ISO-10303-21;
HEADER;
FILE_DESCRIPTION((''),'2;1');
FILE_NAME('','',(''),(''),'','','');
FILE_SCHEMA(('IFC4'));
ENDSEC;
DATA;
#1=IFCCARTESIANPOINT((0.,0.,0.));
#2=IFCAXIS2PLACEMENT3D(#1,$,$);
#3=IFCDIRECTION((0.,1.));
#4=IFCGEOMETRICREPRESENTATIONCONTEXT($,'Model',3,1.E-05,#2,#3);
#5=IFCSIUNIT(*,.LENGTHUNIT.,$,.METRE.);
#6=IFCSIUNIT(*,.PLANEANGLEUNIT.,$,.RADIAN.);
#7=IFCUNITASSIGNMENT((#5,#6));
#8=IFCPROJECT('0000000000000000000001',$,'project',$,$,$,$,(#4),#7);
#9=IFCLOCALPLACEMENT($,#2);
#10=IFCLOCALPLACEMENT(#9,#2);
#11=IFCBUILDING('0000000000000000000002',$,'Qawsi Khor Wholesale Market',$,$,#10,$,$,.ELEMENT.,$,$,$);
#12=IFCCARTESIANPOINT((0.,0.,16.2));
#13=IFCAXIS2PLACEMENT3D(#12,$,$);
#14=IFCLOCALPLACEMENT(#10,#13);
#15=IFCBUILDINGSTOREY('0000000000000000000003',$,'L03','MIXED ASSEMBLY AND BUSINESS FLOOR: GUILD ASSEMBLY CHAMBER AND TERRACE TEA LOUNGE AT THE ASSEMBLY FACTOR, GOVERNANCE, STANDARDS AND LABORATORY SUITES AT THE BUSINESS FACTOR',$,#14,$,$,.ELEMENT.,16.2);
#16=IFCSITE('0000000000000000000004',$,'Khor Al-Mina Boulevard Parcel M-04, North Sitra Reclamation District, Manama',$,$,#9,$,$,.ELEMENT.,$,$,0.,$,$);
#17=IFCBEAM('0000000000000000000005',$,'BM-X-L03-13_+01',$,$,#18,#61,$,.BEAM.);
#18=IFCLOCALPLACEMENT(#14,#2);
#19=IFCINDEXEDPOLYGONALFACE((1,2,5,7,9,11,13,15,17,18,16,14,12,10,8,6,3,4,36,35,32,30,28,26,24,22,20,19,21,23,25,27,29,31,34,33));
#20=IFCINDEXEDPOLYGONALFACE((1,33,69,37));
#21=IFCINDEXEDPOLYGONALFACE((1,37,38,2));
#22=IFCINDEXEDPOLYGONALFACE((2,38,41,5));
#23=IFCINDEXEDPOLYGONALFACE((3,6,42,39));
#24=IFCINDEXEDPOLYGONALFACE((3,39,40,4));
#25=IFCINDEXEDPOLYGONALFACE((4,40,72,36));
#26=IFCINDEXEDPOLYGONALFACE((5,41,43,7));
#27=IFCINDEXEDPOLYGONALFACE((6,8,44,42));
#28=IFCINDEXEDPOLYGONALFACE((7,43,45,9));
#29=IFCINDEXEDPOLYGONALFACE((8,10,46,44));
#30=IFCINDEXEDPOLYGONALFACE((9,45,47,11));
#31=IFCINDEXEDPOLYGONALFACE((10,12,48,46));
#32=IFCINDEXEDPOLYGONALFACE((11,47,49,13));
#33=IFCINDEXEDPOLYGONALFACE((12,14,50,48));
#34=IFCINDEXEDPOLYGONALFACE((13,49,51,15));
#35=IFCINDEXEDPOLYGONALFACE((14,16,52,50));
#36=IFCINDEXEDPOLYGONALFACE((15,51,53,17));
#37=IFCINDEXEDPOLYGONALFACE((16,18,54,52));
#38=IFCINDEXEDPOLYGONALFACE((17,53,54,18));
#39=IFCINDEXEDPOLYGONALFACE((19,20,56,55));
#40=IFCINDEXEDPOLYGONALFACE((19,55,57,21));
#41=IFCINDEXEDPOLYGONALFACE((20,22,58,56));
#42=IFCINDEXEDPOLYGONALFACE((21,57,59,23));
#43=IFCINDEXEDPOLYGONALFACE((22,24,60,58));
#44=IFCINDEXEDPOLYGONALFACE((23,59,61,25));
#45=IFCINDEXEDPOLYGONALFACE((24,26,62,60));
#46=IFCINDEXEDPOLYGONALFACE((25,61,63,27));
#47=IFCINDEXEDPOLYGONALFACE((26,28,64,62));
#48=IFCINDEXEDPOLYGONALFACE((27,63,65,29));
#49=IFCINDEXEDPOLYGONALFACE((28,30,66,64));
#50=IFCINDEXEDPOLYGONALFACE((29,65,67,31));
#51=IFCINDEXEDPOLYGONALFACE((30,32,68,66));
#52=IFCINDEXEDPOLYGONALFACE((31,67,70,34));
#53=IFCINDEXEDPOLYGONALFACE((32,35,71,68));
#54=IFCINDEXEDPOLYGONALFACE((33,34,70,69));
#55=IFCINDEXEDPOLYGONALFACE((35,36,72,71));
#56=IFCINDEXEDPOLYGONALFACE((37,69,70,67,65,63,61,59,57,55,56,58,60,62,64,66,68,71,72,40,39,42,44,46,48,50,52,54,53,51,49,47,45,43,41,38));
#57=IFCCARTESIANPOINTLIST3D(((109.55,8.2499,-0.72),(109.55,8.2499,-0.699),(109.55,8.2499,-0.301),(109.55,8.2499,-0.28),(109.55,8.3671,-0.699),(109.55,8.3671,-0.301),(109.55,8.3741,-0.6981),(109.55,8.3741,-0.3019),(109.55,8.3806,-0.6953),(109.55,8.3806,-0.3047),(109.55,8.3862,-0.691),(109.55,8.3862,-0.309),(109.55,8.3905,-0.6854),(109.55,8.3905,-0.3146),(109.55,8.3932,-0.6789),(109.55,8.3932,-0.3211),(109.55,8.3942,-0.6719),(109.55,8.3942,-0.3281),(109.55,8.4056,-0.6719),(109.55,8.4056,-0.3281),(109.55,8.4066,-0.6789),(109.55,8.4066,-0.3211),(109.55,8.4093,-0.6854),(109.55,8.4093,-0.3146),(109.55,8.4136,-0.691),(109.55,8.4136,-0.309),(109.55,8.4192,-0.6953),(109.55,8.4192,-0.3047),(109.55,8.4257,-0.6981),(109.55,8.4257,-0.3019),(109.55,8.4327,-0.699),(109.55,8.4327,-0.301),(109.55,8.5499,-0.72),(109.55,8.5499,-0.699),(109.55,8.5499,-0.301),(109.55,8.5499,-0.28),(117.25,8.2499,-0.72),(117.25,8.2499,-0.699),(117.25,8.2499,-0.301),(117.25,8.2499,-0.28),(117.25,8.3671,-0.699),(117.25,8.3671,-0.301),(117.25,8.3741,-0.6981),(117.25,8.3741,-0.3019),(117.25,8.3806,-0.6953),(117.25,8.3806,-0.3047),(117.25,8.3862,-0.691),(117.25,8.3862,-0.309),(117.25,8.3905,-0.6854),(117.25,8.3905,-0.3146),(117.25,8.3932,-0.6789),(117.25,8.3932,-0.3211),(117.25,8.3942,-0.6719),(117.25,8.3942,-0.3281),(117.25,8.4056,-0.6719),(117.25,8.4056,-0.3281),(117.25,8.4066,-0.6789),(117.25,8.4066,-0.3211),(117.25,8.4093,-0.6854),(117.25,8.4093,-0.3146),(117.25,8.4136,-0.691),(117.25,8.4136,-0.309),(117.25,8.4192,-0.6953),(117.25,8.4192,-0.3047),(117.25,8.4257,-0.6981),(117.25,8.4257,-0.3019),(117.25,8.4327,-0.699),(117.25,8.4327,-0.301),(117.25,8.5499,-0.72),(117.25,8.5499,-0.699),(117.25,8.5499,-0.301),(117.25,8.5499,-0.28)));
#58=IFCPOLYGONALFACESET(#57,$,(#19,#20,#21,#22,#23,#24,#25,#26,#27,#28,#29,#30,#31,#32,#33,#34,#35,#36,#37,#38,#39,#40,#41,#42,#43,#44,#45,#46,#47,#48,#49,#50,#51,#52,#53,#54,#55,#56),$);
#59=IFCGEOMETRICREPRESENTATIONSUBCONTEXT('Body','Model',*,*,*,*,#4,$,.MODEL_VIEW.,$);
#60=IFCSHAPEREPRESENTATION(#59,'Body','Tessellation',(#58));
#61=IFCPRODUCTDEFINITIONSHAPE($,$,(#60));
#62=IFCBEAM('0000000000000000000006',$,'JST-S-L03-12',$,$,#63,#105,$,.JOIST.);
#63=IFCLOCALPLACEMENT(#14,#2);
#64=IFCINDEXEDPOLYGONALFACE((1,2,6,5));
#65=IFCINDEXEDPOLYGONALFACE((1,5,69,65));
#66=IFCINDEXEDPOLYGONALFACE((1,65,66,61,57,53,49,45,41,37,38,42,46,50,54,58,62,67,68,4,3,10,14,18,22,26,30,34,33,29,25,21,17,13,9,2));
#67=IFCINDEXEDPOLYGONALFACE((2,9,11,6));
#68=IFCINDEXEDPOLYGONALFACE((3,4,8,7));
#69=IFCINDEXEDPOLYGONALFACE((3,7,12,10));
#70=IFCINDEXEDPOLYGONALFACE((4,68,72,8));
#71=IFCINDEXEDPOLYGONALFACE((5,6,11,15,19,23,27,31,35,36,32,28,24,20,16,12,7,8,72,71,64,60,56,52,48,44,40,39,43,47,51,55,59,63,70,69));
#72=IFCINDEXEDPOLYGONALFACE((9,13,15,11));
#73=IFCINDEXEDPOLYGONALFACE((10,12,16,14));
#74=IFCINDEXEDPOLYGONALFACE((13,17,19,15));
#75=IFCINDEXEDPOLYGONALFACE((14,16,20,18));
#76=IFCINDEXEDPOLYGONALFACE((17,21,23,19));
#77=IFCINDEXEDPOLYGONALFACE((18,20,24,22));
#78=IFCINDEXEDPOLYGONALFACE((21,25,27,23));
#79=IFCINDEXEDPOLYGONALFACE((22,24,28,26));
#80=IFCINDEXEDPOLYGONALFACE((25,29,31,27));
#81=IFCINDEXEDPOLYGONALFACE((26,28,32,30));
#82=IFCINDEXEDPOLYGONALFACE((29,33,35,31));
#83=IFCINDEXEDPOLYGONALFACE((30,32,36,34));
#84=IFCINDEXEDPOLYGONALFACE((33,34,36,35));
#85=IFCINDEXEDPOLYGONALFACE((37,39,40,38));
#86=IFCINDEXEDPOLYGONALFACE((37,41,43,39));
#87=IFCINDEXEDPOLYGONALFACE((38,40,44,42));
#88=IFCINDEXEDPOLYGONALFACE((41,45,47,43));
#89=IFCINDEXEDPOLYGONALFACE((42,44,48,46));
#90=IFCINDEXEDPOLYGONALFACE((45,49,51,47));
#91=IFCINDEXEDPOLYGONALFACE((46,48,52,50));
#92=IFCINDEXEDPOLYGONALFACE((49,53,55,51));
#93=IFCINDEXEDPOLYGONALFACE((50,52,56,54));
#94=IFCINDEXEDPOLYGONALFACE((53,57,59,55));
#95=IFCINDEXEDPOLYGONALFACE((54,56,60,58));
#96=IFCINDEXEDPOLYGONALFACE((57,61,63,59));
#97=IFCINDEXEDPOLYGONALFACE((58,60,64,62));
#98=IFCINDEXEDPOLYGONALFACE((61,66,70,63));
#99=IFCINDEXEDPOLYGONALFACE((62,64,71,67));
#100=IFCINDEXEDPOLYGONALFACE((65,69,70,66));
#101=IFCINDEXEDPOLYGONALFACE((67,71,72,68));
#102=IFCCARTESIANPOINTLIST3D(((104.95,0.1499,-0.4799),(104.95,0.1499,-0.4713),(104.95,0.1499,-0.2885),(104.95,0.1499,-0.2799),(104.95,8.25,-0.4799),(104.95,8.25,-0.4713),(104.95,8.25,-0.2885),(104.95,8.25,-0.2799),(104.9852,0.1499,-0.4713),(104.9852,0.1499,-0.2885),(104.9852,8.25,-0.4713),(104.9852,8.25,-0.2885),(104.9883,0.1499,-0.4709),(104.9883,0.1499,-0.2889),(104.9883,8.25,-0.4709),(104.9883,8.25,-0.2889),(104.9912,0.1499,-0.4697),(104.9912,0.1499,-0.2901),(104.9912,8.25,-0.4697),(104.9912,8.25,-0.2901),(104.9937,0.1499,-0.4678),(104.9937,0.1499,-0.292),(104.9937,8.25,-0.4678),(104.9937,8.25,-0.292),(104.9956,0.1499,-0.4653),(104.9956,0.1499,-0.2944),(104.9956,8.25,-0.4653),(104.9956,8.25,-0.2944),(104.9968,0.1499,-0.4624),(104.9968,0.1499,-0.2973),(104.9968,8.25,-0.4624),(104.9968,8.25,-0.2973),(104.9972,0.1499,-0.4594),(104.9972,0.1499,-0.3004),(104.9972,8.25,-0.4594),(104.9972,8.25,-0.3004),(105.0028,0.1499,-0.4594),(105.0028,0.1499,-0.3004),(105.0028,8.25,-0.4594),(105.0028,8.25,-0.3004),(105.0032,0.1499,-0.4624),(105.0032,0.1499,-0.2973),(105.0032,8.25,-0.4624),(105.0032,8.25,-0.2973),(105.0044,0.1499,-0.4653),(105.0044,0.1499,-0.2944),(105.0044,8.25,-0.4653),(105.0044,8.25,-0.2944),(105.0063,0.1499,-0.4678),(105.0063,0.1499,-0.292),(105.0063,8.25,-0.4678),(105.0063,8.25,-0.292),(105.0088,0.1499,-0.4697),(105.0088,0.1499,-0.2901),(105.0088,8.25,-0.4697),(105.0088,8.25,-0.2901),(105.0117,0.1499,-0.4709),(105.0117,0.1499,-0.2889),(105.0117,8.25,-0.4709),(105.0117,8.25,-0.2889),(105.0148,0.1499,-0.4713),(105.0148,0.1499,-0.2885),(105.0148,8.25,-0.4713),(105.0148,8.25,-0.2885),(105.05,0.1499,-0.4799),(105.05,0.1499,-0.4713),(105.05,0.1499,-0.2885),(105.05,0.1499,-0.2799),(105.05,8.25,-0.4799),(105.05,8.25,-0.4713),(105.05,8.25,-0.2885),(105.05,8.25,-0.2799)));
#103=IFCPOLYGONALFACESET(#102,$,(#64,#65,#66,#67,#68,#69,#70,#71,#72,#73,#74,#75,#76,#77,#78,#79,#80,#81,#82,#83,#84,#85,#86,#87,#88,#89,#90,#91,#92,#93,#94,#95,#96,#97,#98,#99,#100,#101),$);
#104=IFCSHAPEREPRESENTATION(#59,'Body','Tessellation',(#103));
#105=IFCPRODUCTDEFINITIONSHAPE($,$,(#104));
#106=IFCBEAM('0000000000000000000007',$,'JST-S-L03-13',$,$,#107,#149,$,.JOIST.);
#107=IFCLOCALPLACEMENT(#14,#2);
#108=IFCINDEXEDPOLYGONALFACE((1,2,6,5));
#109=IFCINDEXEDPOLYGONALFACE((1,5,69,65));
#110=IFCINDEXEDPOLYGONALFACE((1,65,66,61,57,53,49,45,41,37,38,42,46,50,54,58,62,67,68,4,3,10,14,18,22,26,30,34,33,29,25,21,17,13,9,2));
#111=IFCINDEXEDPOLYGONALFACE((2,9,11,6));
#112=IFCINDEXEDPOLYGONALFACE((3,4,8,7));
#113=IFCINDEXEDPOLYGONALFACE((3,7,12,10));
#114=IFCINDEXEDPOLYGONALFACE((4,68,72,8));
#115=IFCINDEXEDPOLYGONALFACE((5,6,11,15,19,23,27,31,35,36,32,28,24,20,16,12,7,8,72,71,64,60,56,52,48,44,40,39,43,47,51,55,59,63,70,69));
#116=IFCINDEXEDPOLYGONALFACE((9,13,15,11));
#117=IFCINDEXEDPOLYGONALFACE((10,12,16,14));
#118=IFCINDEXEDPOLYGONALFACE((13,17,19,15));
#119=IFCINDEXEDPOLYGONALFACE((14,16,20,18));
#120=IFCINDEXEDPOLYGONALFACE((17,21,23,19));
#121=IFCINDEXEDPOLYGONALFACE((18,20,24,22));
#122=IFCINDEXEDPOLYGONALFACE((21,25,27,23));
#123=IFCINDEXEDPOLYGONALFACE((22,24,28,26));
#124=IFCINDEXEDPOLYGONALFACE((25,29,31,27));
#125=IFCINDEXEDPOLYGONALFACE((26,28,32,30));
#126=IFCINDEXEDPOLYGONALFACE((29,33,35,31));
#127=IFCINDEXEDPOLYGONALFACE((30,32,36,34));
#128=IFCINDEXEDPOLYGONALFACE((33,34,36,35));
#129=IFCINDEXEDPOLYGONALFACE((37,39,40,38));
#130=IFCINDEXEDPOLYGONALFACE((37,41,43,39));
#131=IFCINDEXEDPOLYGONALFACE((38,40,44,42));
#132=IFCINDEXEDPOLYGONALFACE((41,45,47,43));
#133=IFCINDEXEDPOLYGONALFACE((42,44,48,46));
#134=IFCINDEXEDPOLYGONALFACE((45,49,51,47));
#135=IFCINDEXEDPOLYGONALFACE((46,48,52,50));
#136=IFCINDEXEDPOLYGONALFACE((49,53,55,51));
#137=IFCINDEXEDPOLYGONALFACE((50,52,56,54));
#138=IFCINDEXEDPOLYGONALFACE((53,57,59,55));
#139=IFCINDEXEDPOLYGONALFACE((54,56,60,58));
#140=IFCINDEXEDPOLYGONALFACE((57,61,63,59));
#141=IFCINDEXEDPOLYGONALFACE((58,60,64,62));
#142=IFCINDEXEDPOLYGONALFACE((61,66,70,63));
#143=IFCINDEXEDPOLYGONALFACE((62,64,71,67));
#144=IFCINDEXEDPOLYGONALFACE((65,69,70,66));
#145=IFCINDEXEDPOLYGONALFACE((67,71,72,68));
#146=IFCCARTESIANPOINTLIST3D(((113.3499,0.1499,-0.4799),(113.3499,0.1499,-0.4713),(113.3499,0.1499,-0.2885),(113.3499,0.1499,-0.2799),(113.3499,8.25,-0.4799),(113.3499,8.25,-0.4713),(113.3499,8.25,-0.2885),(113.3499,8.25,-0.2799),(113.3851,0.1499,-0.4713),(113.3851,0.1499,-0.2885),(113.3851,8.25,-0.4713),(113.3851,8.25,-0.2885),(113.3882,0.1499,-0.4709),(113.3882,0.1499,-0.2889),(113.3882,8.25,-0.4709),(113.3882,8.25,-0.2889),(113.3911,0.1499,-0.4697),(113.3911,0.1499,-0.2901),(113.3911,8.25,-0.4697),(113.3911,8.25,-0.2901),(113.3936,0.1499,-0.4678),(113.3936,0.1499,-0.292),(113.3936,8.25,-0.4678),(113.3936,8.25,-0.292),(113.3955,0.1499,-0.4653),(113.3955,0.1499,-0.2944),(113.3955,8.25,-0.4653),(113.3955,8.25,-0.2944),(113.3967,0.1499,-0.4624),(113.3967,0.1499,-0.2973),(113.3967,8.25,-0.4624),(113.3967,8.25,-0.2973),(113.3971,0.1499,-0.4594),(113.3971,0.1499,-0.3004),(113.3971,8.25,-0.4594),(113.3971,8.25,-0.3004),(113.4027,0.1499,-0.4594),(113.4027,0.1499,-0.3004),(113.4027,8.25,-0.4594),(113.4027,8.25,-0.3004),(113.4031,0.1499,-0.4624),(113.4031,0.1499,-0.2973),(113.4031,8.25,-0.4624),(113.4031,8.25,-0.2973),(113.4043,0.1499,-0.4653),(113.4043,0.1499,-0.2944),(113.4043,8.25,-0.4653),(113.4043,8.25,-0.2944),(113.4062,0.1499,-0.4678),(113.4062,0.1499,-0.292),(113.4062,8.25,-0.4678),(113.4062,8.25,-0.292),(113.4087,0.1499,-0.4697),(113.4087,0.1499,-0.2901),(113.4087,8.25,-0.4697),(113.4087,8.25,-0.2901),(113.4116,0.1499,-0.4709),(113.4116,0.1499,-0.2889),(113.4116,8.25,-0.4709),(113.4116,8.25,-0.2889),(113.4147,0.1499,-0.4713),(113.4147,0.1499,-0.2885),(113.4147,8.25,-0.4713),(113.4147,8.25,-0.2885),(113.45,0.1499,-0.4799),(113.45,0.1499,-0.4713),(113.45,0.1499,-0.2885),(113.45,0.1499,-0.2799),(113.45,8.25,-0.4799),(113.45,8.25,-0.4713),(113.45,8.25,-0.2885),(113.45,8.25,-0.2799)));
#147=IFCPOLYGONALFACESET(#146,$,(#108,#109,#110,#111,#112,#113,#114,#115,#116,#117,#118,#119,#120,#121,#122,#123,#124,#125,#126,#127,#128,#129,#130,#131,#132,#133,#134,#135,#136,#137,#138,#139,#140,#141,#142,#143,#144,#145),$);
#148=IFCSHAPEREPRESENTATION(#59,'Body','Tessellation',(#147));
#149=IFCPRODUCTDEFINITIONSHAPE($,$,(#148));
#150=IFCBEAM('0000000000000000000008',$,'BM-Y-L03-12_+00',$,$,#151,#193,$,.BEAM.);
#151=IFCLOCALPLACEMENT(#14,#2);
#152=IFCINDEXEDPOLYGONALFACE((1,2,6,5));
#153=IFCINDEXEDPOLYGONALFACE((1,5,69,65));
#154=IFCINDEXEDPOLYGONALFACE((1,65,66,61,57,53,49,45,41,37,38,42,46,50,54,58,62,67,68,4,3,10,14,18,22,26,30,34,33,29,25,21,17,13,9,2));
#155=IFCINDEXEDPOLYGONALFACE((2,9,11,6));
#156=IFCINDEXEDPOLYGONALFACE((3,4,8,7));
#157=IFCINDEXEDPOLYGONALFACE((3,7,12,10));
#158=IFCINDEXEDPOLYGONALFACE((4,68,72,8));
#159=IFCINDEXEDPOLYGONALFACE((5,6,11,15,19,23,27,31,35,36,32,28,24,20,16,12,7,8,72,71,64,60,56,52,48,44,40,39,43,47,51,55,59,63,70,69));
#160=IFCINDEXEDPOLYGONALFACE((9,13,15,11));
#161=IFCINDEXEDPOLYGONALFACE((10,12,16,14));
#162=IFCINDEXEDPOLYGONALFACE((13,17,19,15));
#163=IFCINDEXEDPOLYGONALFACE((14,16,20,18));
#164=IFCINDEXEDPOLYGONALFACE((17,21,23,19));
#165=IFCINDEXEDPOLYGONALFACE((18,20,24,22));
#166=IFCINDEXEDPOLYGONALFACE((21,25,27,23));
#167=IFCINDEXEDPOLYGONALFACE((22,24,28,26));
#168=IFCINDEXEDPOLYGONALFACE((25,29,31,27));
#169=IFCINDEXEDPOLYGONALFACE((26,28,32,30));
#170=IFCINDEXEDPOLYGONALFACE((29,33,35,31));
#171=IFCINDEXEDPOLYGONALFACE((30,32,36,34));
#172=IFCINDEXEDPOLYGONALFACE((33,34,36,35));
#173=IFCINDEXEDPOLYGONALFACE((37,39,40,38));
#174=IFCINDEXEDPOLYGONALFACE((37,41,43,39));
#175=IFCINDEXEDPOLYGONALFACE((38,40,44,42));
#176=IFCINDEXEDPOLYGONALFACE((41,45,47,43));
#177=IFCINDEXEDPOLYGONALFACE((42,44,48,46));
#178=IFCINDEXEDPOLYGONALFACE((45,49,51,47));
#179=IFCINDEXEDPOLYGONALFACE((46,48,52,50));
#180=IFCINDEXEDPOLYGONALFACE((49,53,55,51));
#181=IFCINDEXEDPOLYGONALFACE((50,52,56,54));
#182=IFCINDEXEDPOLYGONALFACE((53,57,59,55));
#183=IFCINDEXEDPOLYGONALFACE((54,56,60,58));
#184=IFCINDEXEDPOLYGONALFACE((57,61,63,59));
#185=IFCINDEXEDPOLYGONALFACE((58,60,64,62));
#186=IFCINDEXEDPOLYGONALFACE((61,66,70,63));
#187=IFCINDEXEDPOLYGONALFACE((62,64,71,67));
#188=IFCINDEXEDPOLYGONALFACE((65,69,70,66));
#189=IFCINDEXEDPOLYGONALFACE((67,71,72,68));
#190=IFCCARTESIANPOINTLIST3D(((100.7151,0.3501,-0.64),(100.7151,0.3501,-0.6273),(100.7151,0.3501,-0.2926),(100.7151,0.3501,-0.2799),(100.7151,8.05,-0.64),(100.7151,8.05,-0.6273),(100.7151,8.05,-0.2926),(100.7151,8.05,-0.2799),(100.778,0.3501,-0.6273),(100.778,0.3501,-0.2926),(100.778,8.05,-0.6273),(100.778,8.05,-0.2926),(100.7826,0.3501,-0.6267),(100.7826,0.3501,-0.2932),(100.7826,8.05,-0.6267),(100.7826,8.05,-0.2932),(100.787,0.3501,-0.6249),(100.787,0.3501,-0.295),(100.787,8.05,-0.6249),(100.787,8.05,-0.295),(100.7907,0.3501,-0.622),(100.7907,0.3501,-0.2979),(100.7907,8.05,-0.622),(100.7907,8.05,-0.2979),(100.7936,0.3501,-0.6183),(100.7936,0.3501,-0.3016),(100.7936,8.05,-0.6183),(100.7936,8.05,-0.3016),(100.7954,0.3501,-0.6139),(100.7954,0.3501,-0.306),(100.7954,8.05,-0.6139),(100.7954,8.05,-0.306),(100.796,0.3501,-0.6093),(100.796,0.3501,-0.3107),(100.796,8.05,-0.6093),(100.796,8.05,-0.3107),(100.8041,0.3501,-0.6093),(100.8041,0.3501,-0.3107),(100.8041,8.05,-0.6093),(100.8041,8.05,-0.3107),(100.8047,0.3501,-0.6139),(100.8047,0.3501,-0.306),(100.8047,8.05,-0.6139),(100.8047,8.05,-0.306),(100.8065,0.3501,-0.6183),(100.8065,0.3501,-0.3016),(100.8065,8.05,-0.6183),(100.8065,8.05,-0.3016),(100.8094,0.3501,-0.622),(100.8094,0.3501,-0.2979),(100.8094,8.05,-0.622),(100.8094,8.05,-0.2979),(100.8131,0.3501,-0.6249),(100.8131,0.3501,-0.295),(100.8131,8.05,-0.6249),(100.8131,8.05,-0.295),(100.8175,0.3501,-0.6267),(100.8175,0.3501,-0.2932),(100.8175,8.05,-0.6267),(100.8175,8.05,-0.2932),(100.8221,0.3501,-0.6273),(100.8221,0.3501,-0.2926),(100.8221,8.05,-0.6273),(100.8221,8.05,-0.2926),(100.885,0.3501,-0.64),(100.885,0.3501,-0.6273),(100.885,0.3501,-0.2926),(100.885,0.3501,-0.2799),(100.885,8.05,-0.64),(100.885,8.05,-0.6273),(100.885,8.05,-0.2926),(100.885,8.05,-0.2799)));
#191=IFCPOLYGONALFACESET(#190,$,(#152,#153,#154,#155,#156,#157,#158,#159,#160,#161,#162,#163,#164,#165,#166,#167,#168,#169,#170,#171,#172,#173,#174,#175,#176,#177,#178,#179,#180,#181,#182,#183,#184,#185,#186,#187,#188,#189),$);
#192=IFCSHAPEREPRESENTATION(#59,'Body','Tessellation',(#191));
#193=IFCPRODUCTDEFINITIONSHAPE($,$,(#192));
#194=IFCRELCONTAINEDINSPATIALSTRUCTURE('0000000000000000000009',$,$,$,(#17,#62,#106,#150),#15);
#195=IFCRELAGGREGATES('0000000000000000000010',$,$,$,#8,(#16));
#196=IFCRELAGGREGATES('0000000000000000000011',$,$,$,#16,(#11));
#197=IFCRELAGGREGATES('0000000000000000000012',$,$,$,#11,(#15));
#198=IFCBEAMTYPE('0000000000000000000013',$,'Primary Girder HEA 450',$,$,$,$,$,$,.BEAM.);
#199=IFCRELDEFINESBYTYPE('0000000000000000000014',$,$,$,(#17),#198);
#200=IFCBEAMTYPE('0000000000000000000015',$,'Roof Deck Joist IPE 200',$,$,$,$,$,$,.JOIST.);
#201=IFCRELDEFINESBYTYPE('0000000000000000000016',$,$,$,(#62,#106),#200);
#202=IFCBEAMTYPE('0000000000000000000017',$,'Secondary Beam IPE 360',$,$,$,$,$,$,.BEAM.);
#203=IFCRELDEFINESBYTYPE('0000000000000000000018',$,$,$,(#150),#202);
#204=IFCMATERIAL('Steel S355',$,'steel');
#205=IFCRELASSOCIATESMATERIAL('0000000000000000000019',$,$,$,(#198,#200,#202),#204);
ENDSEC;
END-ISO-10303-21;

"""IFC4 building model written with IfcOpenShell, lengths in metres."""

from ifc_helpers import new_model, si_unit, direction, frame, origin, origin_2d, place, context, subcontext, project, spatial, i_section, extrude, material, material_profile, profile_set, type_object, element, save


model = new_model("IFC4")

# Units and contexts
model_context = context("Model", 3, precision=1e-05, world=origin(), true_north=direction((0.0, 1.0)))
body_context = subcontext(model_context, "Body", "Model", "MODEL_VIEW")
ifc_project = project(units=[si_unit("LENGTHUNIT", "METRE"), si_unit("PLANEANGLEUNIT", "RADIAN")], contexts=[model_context])

# Site, building, storey
site_placement = place(None, origin())
site = spatial("IfcSite", under=ifc_project, at=site_placement, Name="Khor Al-Mina Boulevard Parcel M-04, North Sitra Reclamation District, Manama", CompositionType="ELEMENT", RefElevation=0.0)
building_placement = place(site_placement, origin())
building = spatial("IfcBuilding", under=site, at=building_placement, Name="Qawsi Khor Wholesale Market", CompositionType="ELEMENT")
storey_placement = place(building_placement, frame((0.0, 0.0, 16.2)))
storey = spatial("IfcBuildingStorey", under=building, at=storey_placement, Name="L03", Description="MIXED ASSEMBLY AND BUSINESS FLOOR: GUILD ASSEMBLY CHAMBER AND TERRACE TEA LOUNGE AT THE ASSEMBLY FACTOR, GOVERNANCE, STANDARDS AND LABORATORY SUITES AT THE BUSINESS FACTOR", CompositionType="ELEMENT", Elevation=16.2)

# Beams
ifc_material_1 = material(Name="Steel S355", Category="steel")
ifc_material_profile_1 = material_profile(ifc_material_1, i_section(OverallWidth=0.3, OverallDepth=0.4399, WebThickness=0.0115, FlangeThickness=0.021, FilletRadius=0.0271, at=origin_2d()), Name="HEA 450")
ifc_profile_set_1 = profile_set([ifc_material_profile_1], Name="Steel S355")
beam_type_1 = type_object("IfcBeamType", Name="Primary Girder HEA 450", PredefinedType="BEAM", material=ifc_profile_set_1)
beam_1_placement = place(storey_placement, frame((109.55, 8.3999, -0.5), z_axis=(1.0, 0.0, 0.0), x_axis=(0.0, 1.0, 0.0)))
element("IfcBeam", 1, at=beam_1_placement, inside=storey, type_object=beam_type_1, Name="BM-X-L03-13_+01", PredefinedType="BEAM", context=body_context, shape_type="SweptSolid", body=[
    extrude(i_section(OverallWidth=0.3, OverallDepth=0.4399, WebThickness=0.0115, FlangeThickness=0.021, FilletRadius=0.0271, at=origin_2d()), origin(), (0.0, 0.0, 1.0), 7.7),
])
ifc_material_profile_2 = material_profile(ifc_material_1, i_section(OverallWidth=0.1001, OverallDepth=0.2, WebThickness=0.0056, FlangeThickness=0.0085, FilletRadius=0.012, at=origin_2d()), Name="IPE 200")
ifc_profile_set_2 = profile_set([ifc_material_profile_2], Name="Steel S355")
beam_type_2 = type_object("IfcBeamType", Name="Roof Deck Joist IPE 200", PredefinedType="JOIST", material=ifc_profile_set_2)
for number, where, z_axis, x_axis, name in (
    (2, (105.0, 0.1499, -0.3799), (0.0, 1.0, 0.0), (-1.0, 0.0, 0.0), "JST-S-L03-12"),
    (3, (113.3999, 0.1499, -0.3799), (0.0, 1.0, 0.0), (-1.0, 0.0, 0.0), "JST-S-L03-13"),
):
    element("IfcBeam", number, at=place(storey_placement, frame(where, z_axis=z_axis, x_axis=x_axis)), inside=storey, type_object=beam_type_2, Name=name, PredefinedType="JOIST", context=body_context, shape_type="SweptSolid", body=[
        extrude(i_section(OverallWidth=0.1001, OverallDepth=0.2, WebThickness=0.0056, FlangeThickness=0.0085, FilletRadius=0.012, at=origin_2d()), origin(), (0.0, 0.0, 1.0), 8.1001),
    ])
ifc_material_profile_3 = material_profile(ifc_material_1, i_section(OverallWidth=0.1699, OverallDepth=0.3601, WebThickness=0.0081, FlangeThickness=0.0127, FilletRadius=0.0181, at=origin_2d()), Name="IPE 360")
ifc_profile_set_3 = profile_set([ifc_material_profile_3], Name="Steel S355")
beam_type_3 = type_object("IfcBeamType", Name="Secondary Beam IPE 360", PredefinedType="BEAM", material=ifc_profile_set_3)
for number, where, z_axis, x_axis, name in (
    (4, (100.8, 0.3501, -0.46), (0.0, 1.0, 0.0), (-1.0, 0.0, 0.0), "BM-Y-L03-12_+00"),
):
    element("IfcBeam", number, at=place(storey_placement, frame(where, z_axis=z_axis, x_axis=x_axis)), inside=storey, type_object=beam_type_3, Name=name, PredefinedType="BEAM", context=body_context, shape_type="SweptSolid", body=[
        extrude(i_section(OverallWidth=0.1699, OverallDepth=0.3601, WebThickness=0.0081, FlangeThickness=0.0127, FilletRadius=0.0181, at=origin_2d()), origin(), (0.0, 0.0, 1.0), 7.7),
    ])

save(model, "model.ifc")
